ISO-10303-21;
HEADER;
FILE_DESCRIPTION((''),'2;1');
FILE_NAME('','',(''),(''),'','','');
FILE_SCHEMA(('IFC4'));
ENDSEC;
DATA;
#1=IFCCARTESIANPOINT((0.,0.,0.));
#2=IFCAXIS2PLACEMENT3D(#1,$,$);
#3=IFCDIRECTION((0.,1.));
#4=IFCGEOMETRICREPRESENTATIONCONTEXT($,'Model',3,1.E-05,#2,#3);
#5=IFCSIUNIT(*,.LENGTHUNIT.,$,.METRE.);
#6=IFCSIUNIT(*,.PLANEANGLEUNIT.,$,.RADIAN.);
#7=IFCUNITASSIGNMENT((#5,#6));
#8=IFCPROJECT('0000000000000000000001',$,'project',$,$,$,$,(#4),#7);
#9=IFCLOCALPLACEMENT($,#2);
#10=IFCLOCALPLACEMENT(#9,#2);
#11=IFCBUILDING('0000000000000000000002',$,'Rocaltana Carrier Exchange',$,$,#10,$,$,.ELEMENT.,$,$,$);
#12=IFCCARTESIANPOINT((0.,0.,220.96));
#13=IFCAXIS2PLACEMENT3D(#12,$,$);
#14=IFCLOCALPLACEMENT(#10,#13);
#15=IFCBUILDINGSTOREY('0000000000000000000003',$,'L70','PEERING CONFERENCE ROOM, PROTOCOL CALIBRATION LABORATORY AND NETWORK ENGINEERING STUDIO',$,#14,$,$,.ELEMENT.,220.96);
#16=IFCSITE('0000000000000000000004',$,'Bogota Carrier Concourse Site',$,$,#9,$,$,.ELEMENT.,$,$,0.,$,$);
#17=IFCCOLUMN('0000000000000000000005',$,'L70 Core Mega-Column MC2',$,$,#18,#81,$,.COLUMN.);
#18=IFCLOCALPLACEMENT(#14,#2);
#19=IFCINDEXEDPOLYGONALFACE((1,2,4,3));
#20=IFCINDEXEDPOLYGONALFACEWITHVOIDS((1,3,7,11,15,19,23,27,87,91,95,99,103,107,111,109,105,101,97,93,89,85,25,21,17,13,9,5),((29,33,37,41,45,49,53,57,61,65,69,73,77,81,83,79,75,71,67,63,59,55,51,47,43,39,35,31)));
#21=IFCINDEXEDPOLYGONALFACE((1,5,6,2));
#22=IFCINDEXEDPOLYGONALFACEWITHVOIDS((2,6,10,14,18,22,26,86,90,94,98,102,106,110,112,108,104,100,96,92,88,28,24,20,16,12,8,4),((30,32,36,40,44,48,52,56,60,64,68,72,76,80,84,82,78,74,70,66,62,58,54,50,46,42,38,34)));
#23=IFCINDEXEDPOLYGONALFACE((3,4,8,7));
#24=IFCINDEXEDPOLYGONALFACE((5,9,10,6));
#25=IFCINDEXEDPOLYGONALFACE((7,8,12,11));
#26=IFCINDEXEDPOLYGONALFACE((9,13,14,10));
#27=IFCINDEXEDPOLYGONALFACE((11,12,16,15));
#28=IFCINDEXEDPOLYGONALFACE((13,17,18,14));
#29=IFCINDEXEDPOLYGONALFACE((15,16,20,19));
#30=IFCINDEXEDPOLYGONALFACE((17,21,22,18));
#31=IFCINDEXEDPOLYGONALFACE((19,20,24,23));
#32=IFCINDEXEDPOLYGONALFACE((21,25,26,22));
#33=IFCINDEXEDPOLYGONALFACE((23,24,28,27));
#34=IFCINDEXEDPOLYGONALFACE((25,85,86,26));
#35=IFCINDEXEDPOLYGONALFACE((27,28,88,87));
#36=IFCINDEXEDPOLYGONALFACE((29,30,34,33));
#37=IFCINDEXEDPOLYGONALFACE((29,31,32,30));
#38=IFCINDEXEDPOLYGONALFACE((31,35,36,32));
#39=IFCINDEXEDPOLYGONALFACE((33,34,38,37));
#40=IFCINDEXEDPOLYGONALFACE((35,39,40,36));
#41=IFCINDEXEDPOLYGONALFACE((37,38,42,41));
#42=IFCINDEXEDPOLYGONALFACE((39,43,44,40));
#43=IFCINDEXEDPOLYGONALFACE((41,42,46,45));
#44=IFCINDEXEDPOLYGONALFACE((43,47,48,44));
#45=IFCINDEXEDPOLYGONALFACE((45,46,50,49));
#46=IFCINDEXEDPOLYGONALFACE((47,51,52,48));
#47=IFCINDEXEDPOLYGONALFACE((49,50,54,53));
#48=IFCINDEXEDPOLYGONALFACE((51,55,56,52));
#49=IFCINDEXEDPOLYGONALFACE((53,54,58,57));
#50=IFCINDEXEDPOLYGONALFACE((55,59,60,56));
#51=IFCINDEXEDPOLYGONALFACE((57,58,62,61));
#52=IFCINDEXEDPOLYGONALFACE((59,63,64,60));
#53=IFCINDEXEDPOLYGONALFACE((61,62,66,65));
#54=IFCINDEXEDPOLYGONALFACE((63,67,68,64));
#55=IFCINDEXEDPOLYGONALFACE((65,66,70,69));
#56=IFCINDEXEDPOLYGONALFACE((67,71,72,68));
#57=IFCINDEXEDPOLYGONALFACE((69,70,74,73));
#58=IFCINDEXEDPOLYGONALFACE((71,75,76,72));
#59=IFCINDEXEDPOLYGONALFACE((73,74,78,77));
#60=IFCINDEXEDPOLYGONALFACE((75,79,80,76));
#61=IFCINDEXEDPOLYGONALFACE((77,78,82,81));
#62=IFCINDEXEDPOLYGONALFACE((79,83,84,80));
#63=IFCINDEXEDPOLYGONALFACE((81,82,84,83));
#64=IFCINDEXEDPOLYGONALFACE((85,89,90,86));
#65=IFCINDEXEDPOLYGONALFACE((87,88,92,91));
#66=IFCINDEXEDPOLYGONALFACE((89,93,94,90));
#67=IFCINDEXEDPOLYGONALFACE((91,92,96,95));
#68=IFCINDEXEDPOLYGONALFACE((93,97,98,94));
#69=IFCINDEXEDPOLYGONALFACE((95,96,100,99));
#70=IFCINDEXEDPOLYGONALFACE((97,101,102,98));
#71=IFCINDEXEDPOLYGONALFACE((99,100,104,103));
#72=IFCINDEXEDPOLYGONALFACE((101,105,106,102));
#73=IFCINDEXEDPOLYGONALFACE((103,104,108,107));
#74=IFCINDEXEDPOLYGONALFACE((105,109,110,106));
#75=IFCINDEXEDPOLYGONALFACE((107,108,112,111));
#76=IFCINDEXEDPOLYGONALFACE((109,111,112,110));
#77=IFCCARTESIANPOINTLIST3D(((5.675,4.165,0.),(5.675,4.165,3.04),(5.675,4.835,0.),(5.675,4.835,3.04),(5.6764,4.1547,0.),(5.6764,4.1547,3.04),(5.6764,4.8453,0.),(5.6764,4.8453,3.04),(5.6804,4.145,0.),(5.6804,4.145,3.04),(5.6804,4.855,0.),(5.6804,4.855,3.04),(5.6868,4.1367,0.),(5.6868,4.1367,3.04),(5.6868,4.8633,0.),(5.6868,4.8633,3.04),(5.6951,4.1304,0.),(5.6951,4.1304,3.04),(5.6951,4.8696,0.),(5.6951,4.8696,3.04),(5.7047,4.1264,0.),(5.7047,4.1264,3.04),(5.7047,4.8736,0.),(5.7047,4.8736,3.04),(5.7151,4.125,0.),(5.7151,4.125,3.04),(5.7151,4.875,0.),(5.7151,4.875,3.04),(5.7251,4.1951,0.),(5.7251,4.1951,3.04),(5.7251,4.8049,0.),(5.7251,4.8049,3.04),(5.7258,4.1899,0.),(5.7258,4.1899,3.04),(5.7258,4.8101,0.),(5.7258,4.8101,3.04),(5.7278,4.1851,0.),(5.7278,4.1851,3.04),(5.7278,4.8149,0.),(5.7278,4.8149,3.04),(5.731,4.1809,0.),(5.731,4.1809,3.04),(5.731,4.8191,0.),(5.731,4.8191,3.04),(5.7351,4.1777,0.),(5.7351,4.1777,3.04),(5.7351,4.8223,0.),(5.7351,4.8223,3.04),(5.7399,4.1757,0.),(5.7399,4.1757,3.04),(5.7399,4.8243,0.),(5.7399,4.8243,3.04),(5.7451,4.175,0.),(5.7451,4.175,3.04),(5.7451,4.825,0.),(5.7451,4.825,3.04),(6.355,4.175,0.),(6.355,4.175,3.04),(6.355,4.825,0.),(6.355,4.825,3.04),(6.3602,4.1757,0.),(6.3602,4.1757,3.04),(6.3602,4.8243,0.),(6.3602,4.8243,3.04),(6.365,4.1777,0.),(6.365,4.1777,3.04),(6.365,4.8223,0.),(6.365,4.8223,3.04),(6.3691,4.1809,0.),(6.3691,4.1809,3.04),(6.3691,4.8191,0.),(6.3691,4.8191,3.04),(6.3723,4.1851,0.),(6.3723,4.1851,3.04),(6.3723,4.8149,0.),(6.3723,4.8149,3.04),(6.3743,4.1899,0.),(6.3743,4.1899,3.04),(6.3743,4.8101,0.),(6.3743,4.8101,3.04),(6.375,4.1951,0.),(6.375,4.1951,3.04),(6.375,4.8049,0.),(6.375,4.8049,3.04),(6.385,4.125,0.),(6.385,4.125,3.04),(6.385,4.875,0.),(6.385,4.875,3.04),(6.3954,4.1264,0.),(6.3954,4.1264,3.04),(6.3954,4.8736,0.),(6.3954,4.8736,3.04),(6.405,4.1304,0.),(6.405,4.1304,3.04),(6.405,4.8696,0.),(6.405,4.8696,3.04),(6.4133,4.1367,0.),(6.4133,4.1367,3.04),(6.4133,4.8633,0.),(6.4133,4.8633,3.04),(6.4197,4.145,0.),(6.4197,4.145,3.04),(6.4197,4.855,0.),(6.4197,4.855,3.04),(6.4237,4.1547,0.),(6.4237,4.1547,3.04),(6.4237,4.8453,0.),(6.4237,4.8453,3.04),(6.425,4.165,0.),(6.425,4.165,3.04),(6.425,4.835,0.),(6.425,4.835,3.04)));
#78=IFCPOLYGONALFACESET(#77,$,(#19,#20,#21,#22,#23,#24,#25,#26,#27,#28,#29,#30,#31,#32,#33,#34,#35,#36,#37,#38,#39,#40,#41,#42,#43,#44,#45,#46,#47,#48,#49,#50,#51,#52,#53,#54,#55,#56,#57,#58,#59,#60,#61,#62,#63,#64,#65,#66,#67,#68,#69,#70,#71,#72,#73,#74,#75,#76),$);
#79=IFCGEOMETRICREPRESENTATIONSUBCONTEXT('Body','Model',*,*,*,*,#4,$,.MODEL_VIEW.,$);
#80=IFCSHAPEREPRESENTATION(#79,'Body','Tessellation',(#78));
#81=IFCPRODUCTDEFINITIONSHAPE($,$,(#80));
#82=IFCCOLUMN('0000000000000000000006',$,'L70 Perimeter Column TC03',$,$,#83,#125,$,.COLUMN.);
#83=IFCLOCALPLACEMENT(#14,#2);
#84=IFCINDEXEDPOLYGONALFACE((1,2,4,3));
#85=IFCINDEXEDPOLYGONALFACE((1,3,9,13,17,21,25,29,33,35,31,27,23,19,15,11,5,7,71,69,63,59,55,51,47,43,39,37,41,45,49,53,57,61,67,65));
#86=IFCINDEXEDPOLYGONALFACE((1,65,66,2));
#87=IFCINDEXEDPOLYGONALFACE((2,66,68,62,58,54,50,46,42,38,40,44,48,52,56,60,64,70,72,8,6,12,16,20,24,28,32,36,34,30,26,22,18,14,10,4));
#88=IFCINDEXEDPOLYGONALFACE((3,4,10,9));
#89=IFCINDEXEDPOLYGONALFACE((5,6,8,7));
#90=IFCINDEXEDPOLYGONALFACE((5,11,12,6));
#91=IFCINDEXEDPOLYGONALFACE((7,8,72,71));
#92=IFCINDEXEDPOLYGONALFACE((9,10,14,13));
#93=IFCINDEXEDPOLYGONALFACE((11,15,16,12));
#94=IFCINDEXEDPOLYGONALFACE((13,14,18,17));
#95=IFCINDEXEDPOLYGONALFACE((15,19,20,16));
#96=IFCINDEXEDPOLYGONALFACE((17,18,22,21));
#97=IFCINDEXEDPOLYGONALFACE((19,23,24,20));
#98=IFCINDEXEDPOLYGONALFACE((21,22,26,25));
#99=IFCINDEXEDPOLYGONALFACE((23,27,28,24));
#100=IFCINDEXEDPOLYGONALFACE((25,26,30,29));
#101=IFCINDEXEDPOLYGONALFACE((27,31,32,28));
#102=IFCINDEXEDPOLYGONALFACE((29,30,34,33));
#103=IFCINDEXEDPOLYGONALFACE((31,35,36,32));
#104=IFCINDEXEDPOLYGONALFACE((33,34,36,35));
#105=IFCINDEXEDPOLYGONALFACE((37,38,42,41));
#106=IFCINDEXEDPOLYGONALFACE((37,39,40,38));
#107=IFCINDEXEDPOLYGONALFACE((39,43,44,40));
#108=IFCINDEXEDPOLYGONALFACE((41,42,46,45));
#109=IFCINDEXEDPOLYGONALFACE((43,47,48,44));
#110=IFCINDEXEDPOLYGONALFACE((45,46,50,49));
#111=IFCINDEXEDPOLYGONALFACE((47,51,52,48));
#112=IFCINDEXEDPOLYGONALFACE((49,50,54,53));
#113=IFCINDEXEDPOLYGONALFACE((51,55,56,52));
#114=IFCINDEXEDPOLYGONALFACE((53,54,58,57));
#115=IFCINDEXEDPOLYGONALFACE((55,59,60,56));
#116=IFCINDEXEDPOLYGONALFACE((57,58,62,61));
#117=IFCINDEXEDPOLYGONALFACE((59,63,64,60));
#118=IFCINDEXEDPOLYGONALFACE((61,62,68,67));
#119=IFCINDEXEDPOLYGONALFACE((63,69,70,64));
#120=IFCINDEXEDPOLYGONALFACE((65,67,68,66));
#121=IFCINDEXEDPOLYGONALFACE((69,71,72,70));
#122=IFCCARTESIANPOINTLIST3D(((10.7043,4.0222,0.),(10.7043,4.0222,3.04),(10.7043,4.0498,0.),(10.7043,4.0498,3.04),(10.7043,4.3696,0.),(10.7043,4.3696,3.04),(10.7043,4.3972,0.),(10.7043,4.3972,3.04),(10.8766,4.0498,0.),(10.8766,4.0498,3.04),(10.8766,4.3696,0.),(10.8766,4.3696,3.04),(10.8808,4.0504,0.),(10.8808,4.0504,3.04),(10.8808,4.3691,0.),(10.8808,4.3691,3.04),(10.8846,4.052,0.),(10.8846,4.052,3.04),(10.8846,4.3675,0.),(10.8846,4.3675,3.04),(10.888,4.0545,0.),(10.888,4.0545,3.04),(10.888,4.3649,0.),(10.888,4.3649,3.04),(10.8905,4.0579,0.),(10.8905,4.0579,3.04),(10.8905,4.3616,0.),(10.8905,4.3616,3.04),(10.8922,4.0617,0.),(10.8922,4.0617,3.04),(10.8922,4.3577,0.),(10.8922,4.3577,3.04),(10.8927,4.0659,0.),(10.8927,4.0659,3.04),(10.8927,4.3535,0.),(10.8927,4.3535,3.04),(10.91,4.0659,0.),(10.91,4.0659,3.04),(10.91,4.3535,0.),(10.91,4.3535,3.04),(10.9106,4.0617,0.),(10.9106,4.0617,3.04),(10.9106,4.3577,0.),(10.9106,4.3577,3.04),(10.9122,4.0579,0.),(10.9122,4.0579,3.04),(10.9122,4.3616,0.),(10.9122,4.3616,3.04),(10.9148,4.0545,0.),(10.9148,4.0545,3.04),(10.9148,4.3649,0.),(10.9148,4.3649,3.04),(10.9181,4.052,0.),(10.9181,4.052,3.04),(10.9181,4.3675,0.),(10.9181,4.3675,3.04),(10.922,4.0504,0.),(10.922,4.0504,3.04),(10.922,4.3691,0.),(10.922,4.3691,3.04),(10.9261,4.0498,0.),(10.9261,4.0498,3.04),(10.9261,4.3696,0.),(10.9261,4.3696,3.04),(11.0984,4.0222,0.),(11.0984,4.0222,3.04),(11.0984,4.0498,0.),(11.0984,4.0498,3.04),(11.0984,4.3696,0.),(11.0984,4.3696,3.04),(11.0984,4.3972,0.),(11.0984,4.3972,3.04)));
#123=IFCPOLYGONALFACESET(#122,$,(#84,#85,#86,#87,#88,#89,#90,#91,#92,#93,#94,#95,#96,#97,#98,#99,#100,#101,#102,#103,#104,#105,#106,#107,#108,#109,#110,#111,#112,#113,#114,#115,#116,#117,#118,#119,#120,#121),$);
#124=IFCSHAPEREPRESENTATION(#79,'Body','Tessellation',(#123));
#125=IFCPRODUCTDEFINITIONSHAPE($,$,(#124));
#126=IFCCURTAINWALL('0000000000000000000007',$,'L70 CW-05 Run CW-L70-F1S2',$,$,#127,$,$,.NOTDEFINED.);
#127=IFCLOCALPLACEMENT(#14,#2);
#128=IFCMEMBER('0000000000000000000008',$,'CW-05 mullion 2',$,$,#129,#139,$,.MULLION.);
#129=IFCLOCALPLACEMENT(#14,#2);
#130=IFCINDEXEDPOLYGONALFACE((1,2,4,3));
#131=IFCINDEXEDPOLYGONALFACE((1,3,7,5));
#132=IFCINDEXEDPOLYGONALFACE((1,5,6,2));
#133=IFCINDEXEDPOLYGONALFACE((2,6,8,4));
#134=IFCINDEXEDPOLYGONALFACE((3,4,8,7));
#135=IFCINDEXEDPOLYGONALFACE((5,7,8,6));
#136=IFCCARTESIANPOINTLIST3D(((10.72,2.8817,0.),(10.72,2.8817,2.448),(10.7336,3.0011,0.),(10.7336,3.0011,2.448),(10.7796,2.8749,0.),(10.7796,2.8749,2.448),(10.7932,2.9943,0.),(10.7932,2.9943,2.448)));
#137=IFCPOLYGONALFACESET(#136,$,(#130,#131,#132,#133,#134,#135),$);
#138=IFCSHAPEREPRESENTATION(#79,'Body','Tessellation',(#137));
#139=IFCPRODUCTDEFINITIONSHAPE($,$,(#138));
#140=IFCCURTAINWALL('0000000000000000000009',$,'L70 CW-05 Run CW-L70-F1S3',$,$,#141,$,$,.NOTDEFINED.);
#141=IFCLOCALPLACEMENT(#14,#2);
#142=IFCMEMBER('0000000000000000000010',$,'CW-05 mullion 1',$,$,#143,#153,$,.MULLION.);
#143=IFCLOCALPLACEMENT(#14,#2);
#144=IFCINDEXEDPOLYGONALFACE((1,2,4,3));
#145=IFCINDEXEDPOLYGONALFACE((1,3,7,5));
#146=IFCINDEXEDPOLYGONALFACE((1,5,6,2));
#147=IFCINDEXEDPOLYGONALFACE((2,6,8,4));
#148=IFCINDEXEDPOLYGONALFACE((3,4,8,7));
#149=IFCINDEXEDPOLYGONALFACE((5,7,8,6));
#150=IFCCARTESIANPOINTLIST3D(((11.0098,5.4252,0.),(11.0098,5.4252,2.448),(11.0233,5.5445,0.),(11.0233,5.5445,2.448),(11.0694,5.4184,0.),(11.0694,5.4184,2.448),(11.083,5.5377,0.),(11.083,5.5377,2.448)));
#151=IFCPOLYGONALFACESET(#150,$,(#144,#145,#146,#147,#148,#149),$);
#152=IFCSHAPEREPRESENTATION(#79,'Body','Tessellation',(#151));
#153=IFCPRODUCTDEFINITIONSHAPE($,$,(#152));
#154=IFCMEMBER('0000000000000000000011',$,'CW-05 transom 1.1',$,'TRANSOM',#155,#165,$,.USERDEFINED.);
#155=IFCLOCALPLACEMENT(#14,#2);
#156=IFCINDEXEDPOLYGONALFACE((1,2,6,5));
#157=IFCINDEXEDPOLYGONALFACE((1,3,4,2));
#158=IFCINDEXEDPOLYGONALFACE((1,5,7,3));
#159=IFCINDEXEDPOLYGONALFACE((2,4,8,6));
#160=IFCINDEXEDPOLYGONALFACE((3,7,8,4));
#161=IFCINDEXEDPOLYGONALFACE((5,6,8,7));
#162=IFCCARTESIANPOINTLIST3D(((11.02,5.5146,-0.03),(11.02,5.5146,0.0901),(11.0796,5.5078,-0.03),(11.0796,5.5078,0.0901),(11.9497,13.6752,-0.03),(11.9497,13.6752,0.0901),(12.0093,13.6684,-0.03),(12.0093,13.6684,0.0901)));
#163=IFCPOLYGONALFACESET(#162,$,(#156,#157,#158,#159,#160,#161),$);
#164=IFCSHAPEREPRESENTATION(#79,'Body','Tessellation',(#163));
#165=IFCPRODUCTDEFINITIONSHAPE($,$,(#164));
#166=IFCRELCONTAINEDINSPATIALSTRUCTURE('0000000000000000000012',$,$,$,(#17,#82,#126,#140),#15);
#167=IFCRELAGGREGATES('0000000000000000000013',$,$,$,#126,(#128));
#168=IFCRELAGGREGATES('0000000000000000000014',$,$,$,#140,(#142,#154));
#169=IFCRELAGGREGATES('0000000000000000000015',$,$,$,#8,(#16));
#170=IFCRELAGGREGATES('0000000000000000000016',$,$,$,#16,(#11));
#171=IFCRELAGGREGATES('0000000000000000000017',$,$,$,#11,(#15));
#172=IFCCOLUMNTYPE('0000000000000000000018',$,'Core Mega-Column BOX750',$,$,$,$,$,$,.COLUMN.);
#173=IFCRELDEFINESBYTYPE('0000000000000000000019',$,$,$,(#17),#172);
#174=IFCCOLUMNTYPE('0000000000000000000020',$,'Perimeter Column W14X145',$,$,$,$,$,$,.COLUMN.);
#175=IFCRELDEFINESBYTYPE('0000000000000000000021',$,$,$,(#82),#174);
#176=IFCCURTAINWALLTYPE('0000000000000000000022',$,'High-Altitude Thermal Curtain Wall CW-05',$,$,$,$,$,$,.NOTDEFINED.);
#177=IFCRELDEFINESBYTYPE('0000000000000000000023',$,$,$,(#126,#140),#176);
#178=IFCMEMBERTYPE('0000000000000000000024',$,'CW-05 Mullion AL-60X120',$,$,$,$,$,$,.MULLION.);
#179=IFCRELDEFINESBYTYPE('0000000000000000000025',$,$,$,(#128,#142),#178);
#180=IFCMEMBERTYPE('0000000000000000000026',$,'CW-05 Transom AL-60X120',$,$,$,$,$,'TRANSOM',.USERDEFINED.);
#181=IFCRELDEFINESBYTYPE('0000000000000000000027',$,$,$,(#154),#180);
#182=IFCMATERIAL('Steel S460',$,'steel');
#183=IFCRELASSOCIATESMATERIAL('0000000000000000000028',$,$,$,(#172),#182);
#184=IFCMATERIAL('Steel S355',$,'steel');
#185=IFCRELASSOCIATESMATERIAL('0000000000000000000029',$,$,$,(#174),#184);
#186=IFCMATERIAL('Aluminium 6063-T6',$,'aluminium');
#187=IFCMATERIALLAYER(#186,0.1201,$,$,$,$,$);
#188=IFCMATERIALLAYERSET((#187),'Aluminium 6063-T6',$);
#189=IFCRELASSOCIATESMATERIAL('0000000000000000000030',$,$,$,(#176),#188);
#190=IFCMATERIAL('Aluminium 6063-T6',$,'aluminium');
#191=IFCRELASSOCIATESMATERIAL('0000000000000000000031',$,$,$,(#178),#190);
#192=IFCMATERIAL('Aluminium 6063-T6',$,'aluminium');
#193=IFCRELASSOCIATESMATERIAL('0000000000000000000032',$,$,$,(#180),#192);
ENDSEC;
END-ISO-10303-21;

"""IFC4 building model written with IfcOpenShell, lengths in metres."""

from ifc_helpers import new_model, si_unit, direction, frame, origin, origin_2d, place, context, subcontext, project, spatial, rectangle, hollow_rectangle, i_section, extrude, material, layer, layer_set, material_profile, profile_set, type_object, element, aggregate, save


model = new_model("IFC4")

# Units and contexts
model_context = context("Model", 3, precision=1e-05, world=origin(), true_north=direction((0.0, 1.0)))
body_context = subcontext(model_context, "Body", "Model", "MODEL_VIEW")
ifc_project = project(units=[si_unit("LENGTHUNIT", "METRE"), si_unit("PLANEANGLEUNIT", "RADIAN")], contexts=[model_context])

# Site, building, storey
site_placement = place(None, origin())
site = spatial("IfcSite", under=ifc_project, at=site_placement, Name="Bogota Carrier Concourse Site", CompositionType="ELEMENT", RefElevation=0.0)
building_placement = place(site_placement, origin())
building = spatial("IfcBuilding", under=site, at=building_placement, Name="Rocaltana Carrier Exchange", CompositionType="ELEMENT")
storey_placement = place(building_placement, frame((0.0, 0.0, 220.96)))
storey = spatial("IfcBuildingStorey", under=building, at=storey_placement, Name="L70", Description="PEERING CONFERENCE ROOM, PROTOCOL CALIBRATION LABORATORY AND NETWORK ENGINEERING STUDIO", CompositionType="ELEMENT", Elevation=220.96)

# Columns
ifc_material_1 = material(Name="Steel S460", Category="steel")
ifc_material_profile_1 = material_profile(ifc_material_1, hollow_rectangle(XDim=0.75, YDim=0.75, WallThickness=0.05, InnerFilletRadius=0.02, OuterFilletRadius=0.04, at=origin_2d()), Name="BOX750X750X50")
ifc_profile_set_1 = profile_set([ifc_material_profile_1], Name="Steel S460")
column_type_1 = type_object("IfcColumnType", Name="Core Mega-Column BOX750", PredefinedType="COLUMN", material=ifc_profile_set_1)
column_1_placement = place(storey_placement, frame((6.05, 4.5, 0.0), z_axis=(0.0, 0.0, 1.0), x_axis=(1.0, 0.0, 0.0)))
element("IfcColumn", 1, at=column_1_placement, inside=storey, type_object=column_type_1, Name="L70 Core Mega-Column MC2", PredefinedType="COLUMN", context=body_context, shape_type="SweptSolid", body=[
    extrude(hollow_rectangle(XDim=0.75, YDim=0.75, WallThickness=0.05, InnerFilletRadius=0.02, OuterFilletRadius=0.04, at=origin_2d()), origin(), (0.0, 0.0, 1.0), 3.04),
])
ifc_material_2 = material(Name="Steel S355", Category="steel")
ifc_material_profile_2 = material_profile(ifc_material_2, i_section(OverallWidth=0.394, OverallDepth=0.375, WebThickness=0.0173, FlangeThickness=0.0276, FilletRadius=0.0161, at=origin_2d()), Name="W14X145")
ifc_profile_set_2 = profile_set([ifc_material_profile_2], Name="Steel S355")
column_type_2 = type_object("IfcColumnType", Name="Perimeter Column W14X145", PredefinedType="COLUMN", material=ifc_profile_set_2)
column_2_placement = place(storey_placement, frame((10.9014, 4.2097, 0.0), z_axis=(0.0, 0.0, 1.0), x_axis=(1.0, 0.0, 0.0)))
element("IfcColumn", 2, at=column_2_placement, inside=storey, type_object=column_type_2, Name="L70 Perimeter Column TC03", PredefinedType="COLUMN", context=body_context, shape_type="SweptSolid", body=[
    extrude(i_section(OverallWidth=0.394, OverallDepth=0.375, WebThickness=0.0173, FlangeThickness=0.0276, FilletRadius=0.0161, at=origin_2d()), origin(), (0.0, 0.0, 1.0), 3.04),
])

# Curtain wall, member
ifc_material_3 = material(Name="Aluminium 6063-T6", Category="aluminium")
ifc_layer_1 = layer(ifc_material_3, 0.1201)
ifc_layer_set_1 = layer_set([ifc_layer_1], Name="Aluminium 6063-T6")
curtain_wall_type = type_object("IfcCurtainWallType", Name="High-Altitude Thermal Curtain Wall CW-05", PredefinedType="NOTDEFINED", material=ifc_layer_set_1)
curtain_wall_1_placement = place(storey_placement, origin())
curtain_wall_1 = element("IfcCurtainWall", 3, at=curtain_wall_1_placement, inside=storey, type_object=curtain_wall_type, Name="L70 CW-05 Run CW-L70-F1S2", PredefinedType="NOTDEFINED")
ifc_material_4 = material(Name="Aluminium 6063-T6", Category="aluminium")
ifc_material_profile_3 = material_profile(ifc_material_4, rectangle(XDim=0.0601, YDim=0.1201, at=origin_2d()), Name="AL-60X120")
ifc_profile_set_3 = profile_set([ifc_material_profile_3], Name="Aluminium 6063-T6")
member_type_1 = type_object("IfcMemberType", Name="CW-05 Mullion AL-60X120", PredefinedType="MULLION", material=ifc_profile_set_3)
member_1_placement = place(storey_placement, frame((10.7566, 2.938, 0.0), z_axis=(0.0, 0.0, 1.0), x_axis=(-0.993571, 0.113209, 0.0)))
member_1 = element("IfcMember", 4, at=member_1_placement, type_object=member_type_1, Name="CW-05 mullion 2", PredefinedType="MULLION", context=body_context, shape_type="SweptSolid", body=[
    extrude(rectangle(XDim=0.0601, YDim=0.1201, at=origin_2d()), origin(), (0.0, 0.0, 1.0), 2.448),
])
aggregate(curtain_wall_1, [member_1])

# Curtain wall, members
curtain_wall_2_placement = place(storey_placement, origin())
curtain_wall_2 = element("IfcCurtainWall", 5, at=curtain_wall_2_placement, inside=storey, type_object=curtain_wall_type, Name="L70 CW-05 Run CW-L70-F1S3", PredefinedType="NOTDEFINED")
member_2_placement = place(storey_placement, frame((11.0464, 5.4814, 0.0), z_axis=(0.0, 0.0, 1.0), x_axis=(-0.993573, 0.113197, 0.0)))
member_2 = element("IfcMember", 6, at=member_2_placement, type_object=member_type_1, Name="CW-05 mullion 1", PredefinedType="MULLION", context=body_context, shape_type="SweptSolid", body=[
    extrude(rectangle(XDim=0.0601, YDim=0.1201, at=origin_2d()), origin(), (0.0, 0.0, 1.0), 2.448),
])
ifc_material_5 = material(Name="Aluminium 6063-T6", Category="aluminium")
ifc_material_profile_4 = material_profile(ifc_material_5, rectangle(XDim=0.0601, YDim=0.1201, at=origin_2d()), Name="AL-60X120")
ifc_profile_set_4 = profile_set([ifc_material_profile_4], Name="Aluminium 6063-T6")
member_type_2 = type_object("IfcMemberType", Name="CW-05 Transom AL-60X120", ElementType="TRANSOM", PredefinedType="USERDEFINED", material=ifc_profile_set_4)
member_3_placement = place(storey_placement, frame((11.0498, 5.5112, 0.03), z_axis=(0.113191, 0.993573, 0.0), x_axis=(-0.993573, 0.113191, 0.0)))
member_3 = element("IfcMember", 7, at=member_3_placement, type_object=member_type_2, Name="CW-05 transom 1.1", ObjectType="TRANSOM", PredefinedType="USERDEFINED", context=body_context, shape_type="SweptSolid", body=[
    extrude(rectangle(XDim=0.0601, YDim=0.1201, at=origin_2d()), origin(), (0.0, 0.0, 1.0), 8.2134),
])
aggregate(curtain_wall_2, [member_2, member_3])

save(model, "model.ifc")
